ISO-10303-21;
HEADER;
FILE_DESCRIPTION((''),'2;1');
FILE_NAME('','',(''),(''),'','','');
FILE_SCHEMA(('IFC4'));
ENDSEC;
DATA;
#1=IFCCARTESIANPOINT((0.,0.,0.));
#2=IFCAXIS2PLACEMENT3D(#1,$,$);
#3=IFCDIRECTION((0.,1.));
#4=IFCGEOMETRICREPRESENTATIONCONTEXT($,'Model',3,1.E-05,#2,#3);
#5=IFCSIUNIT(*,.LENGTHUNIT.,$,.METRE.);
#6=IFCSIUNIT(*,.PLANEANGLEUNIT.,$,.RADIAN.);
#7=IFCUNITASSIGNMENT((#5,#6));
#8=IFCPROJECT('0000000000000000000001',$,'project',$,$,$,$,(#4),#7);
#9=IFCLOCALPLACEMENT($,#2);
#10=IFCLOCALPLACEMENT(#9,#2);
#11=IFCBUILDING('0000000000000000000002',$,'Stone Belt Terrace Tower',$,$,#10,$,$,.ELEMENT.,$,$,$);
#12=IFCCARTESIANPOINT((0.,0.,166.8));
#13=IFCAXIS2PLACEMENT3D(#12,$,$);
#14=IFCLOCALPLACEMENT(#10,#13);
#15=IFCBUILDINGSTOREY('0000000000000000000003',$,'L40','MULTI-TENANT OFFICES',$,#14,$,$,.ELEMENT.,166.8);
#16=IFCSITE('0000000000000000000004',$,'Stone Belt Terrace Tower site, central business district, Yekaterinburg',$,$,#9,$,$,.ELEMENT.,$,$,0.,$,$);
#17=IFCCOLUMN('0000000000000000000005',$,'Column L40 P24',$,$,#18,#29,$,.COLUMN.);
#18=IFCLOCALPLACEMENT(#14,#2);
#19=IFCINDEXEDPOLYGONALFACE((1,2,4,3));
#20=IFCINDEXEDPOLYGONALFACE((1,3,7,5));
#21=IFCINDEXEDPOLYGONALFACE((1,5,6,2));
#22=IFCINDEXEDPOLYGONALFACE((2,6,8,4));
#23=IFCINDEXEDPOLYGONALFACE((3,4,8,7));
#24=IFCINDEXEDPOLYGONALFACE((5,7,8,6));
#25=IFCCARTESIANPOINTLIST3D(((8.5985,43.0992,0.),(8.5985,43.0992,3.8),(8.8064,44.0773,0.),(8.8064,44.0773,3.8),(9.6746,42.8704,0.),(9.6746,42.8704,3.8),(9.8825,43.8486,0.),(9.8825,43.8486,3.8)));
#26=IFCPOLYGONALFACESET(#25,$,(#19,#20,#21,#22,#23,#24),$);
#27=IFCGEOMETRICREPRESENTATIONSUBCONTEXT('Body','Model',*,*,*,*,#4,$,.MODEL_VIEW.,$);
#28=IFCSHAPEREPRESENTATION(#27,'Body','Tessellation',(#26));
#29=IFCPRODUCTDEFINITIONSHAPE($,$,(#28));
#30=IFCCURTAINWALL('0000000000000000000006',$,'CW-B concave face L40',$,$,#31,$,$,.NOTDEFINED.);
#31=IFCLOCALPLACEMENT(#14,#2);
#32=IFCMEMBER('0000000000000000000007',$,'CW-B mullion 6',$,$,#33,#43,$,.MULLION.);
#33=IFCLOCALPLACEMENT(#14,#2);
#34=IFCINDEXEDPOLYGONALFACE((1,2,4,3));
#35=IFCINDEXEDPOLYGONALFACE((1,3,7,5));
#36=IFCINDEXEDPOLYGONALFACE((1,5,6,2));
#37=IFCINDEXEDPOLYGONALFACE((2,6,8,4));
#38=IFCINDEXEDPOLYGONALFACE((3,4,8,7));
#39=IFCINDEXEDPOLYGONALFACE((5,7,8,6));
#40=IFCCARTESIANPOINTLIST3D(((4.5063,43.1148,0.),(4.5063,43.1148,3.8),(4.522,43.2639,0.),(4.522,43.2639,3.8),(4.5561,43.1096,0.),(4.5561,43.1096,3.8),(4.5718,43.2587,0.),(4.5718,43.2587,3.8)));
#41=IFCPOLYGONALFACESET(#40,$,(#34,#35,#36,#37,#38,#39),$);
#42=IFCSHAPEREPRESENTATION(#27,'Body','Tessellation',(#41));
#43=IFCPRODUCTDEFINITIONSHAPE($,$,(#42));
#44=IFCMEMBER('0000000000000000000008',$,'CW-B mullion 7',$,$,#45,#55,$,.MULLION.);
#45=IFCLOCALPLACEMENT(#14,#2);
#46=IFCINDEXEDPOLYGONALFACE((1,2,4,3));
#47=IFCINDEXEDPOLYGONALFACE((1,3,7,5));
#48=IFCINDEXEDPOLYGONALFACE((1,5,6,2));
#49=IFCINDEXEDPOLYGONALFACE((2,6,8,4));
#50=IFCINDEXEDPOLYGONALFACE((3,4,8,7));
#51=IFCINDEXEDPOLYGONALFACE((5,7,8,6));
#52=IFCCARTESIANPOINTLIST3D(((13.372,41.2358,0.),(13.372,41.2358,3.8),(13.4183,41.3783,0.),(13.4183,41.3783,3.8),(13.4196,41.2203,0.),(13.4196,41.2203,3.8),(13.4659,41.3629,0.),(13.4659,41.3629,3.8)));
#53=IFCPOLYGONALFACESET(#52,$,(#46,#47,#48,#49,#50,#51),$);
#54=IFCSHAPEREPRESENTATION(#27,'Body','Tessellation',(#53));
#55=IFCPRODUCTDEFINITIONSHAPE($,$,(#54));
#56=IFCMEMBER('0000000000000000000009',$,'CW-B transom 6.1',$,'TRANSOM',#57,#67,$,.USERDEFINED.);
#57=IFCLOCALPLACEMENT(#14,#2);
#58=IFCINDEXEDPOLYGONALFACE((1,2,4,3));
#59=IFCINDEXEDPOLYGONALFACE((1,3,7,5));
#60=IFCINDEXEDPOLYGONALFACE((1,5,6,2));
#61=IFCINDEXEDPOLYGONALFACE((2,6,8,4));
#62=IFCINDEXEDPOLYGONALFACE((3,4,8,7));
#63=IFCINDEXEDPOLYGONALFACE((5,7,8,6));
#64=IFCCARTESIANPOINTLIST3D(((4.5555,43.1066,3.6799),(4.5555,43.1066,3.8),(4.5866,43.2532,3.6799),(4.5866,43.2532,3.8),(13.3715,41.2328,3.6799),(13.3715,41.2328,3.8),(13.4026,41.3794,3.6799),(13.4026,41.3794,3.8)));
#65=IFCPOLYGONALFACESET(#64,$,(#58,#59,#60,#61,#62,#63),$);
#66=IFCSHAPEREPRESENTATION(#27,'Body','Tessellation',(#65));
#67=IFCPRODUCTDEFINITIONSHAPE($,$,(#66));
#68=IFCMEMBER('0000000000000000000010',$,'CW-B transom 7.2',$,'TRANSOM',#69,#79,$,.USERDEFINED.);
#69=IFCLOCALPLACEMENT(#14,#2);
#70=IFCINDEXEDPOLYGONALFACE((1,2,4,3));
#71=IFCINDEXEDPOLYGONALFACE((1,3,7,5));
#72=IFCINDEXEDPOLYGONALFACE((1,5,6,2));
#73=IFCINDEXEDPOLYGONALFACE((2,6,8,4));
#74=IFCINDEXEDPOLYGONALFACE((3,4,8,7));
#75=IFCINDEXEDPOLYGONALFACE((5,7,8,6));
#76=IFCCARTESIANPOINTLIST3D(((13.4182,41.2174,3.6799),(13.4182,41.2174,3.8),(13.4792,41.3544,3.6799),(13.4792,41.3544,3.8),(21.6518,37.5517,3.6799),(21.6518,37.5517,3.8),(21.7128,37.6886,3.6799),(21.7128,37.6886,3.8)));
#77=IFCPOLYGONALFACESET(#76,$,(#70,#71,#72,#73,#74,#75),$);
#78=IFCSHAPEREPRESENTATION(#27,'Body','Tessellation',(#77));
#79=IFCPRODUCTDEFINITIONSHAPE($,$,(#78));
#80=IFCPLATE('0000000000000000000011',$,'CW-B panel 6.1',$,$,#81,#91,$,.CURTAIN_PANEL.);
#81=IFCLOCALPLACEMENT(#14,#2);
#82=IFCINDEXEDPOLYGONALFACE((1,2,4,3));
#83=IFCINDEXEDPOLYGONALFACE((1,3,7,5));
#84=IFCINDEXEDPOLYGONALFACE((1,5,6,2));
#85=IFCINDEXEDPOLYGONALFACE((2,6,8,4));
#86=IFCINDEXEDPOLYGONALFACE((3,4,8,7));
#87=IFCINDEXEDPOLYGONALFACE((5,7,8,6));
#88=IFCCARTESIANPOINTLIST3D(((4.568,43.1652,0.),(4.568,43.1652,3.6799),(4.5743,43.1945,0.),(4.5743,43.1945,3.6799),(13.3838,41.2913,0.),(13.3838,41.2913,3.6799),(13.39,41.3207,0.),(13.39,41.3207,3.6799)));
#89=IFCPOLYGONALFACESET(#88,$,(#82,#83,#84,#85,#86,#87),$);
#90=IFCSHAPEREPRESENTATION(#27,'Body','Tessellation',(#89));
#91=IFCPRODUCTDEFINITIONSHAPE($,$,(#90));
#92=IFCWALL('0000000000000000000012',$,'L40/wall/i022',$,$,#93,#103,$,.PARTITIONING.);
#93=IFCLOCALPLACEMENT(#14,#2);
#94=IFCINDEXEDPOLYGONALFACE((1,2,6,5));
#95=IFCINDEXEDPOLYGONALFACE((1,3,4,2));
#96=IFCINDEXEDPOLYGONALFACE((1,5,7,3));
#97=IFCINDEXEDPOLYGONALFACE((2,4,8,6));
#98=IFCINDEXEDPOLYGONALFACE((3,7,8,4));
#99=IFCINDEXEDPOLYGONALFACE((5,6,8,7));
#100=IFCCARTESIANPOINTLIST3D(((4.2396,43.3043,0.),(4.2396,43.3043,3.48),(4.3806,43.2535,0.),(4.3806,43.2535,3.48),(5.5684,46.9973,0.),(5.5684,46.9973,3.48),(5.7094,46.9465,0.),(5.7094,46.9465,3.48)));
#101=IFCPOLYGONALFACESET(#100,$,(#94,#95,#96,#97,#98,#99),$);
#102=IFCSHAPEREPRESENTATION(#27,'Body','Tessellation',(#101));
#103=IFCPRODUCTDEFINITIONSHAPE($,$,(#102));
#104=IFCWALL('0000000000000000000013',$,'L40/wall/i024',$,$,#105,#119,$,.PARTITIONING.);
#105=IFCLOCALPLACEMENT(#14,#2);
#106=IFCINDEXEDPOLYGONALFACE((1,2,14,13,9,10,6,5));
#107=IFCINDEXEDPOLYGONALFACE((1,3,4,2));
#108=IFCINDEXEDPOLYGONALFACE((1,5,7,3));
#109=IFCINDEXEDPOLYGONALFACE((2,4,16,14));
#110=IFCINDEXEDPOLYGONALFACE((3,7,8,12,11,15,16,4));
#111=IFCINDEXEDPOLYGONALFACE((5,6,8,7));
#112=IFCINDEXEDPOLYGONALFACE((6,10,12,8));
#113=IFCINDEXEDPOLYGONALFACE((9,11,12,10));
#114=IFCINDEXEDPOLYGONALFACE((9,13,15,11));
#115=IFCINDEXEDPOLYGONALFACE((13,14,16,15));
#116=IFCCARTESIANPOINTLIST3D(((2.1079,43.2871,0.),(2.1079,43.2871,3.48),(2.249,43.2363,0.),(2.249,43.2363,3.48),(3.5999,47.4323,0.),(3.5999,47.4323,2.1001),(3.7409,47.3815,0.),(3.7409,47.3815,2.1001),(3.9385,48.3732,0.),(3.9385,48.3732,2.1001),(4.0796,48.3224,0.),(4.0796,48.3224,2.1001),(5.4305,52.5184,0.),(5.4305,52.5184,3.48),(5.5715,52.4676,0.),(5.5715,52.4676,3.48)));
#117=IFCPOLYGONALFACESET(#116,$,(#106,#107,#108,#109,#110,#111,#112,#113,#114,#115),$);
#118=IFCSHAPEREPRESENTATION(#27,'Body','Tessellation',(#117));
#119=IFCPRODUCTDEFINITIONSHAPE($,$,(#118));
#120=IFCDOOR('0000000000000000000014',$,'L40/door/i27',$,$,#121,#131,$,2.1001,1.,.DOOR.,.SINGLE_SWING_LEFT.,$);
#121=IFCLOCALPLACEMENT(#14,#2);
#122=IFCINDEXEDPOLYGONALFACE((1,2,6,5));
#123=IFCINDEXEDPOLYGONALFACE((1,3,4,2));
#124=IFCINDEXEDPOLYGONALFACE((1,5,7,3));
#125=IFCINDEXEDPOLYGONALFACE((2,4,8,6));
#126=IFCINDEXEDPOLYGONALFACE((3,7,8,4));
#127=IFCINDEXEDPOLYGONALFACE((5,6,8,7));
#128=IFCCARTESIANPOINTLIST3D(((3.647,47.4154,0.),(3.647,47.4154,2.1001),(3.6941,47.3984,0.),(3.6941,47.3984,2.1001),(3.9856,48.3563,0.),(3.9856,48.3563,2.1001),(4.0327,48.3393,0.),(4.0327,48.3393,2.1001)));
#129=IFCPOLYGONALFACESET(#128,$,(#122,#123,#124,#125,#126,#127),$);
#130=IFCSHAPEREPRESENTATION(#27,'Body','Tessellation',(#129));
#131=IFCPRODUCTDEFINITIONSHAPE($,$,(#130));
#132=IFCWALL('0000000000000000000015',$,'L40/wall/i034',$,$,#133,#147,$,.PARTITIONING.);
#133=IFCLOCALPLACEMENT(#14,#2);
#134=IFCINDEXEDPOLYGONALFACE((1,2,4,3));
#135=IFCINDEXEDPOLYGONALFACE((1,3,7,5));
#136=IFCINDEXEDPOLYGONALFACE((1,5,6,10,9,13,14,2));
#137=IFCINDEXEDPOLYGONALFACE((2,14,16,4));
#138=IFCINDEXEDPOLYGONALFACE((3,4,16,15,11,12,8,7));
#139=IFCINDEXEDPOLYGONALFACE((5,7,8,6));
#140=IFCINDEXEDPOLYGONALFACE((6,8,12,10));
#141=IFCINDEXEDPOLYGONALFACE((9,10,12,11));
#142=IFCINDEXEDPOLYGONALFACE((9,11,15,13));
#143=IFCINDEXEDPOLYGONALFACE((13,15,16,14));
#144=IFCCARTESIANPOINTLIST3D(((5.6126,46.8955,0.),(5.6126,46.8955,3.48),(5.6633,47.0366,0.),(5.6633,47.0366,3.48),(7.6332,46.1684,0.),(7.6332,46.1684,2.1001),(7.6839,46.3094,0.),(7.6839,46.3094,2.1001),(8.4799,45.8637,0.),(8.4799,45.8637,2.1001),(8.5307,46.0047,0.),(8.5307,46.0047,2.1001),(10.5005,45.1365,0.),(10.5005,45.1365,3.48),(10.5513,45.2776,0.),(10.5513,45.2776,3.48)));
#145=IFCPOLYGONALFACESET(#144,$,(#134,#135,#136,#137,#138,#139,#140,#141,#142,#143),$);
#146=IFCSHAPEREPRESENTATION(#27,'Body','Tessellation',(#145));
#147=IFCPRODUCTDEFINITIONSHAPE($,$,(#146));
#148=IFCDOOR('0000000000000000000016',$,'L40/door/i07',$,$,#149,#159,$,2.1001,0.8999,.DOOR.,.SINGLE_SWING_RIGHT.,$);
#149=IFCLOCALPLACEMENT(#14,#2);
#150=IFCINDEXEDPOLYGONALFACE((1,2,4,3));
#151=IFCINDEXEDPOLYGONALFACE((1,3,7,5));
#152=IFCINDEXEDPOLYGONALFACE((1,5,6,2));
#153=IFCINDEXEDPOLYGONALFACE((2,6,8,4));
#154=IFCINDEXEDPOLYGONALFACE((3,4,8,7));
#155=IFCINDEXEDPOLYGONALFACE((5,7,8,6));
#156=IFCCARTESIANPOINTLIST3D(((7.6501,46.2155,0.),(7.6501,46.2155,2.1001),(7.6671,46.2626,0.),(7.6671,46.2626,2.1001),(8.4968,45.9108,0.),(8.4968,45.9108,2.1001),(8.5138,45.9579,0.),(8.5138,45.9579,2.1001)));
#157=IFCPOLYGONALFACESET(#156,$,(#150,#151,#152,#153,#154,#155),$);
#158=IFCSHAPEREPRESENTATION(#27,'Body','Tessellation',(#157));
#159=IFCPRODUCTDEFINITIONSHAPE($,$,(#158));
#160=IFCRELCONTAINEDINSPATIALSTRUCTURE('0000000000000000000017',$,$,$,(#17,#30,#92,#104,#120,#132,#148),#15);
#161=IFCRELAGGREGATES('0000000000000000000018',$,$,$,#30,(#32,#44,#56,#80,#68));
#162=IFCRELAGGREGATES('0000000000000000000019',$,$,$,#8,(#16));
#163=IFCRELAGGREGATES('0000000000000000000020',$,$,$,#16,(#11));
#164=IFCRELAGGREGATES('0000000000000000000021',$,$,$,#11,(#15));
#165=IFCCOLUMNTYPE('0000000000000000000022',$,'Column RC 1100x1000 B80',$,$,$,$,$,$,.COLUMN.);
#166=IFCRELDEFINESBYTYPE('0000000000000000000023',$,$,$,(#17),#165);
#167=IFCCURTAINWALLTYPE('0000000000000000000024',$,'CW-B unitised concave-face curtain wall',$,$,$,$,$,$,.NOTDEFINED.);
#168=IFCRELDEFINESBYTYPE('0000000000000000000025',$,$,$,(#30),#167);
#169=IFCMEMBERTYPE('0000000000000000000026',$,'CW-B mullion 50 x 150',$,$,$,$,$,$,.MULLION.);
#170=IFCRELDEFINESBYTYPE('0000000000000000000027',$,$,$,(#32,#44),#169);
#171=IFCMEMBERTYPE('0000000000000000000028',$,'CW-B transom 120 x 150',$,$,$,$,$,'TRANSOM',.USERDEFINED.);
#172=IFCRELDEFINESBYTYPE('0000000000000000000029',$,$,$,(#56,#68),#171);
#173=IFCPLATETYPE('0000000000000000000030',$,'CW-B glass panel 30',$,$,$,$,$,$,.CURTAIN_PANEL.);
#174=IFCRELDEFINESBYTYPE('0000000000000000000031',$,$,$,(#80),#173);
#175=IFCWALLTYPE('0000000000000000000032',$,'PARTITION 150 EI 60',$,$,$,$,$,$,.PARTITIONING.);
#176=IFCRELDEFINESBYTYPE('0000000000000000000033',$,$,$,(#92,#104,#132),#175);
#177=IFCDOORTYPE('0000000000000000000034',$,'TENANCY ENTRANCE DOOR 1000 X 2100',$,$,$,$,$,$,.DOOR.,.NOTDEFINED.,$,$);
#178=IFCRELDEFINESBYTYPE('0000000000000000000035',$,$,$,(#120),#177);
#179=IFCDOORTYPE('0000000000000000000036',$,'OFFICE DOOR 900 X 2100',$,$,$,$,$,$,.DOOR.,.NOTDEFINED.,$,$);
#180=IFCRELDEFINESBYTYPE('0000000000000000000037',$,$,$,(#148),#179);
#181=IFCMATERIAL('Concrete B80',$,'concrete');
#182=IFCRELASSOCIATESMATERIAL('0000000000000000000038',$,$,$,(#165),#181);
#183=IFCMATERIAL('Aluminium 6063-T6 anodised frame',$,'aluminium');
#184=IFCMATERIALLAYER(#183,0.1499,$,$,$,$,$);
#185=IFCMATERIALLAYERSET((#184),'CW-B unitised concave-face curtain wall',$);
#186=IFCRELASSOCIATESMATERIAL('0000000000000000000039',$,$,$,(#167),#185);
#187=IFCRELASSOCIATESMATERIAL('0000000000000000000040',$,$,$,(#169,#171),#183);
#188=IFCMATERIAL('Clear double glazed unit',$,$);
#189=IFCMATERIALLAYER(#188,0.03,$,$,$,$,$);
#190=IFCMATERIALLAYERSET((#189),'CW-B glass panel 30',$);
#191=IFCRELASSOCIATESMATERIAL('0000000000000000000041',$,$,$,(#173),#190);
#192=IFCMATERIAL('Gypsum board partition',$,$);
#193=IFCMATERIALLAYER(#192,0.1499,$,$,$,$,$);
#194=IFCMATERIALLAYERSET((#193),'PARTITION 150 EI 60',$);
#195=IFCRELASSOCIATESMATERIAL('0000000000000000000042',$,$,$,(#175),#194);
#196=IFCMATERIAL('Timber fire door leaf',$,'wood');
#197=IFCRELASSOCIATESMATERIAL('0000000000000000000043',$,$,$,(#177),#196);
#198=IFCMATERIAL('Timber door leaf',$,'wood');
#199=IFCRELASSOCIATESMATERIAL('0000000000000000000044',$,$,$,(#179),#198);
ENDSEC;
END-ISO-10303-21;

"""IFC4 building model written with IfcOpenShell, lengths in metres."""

from ifc_helpers import new_model, si_unit, direction, frame, frame_2d, origin, origin_2d, place, context, subcontext, project, spatial, rectangle, extrude, material, layer, layer_set, material_profile, profile_set, type_object, element, fill, aggregate, save


model = new_model("IFC4")

# Units and contexts
model_context = context("Model", 3, precision=1e-05, world=origin(), true_north=direction((0.0, 1.0)))
body_context = subcontext(model_context, "Body", "Model", "MODEL_VIEW")
ifc_project = project(units=[si_unit("LENGTHUNIT", "METRE"), si_unit("PLANEANGLEUNIT", "RADIAN")], contexts=[model_context])

# Site, building, storey
site_placement = place(None, origin())
site = spatial("IfcSite", under=ifc_project, at=site_placement, Name="Stone Belt Terrace Tower site, central business district, Yekaterinburg", CompositionType="ELEMENT", RefElevation=0.0)
building_placement = place(site_placement, origin())
building = spatial("IfcBuilding", under=site, at=building_placement, Name="Stone Belt Terrace Tower", CompositionType="ELEMENT")
storey_placement = place(building_placement, frame((0.0, 0.0, 166.8)))
storey = spatial("IfcBuildingStorey", under=building, at=storey_placement, Name="L40", Description="MULTI-TENANT OFFICES", CompositionType="ELEMENT", Elevation=166.8)

# Column
ifc_material_1 = material(Name="Concrete B80", Category="concrete")
ifc_material_profile_1 = material_profile(ifc_material_1, rectangle(XDim=1.1001, YDim=1.0, at=origin_2d()), Name="RC 1100x1000")
ifc_profile_set_1 = profile_set([ifc_material_profile_1], Name="Concrete B80")
column_type = type_object("IfcColumnType", Name="Column RC 1100x1000 B80", PredefinedType="COLUMN", material=ifc_profile_set_1)
column_placement = place(storey_placement, frame((9.2405, 43.4739, 0.0), z_axis=(0.0, 0.0, 1.0), x_axis=(0.978148, -0.207912, 0.0)))
element("IfcColumn", 1, at=column_placement, inside=storey, type_object=column_type, Name="Column L40 P24", PredefinedType="COLUMN", context=body_context, shape_type="SweptSolid", body=[
    extrude(rectangle(XDim=1.1001, YDim=1.0, at=origin_2d()), origin(), (0.0, 0.0, 1.0), 3.8),
])

# Curtain wall, members, plate
ifc_material_2 = material(Name="Aluminium 6063-T6 anodised frame", Category="aluminium")
ifc_layer_1 = layer(ifc_material_2, 0.1499)
ifc_layer_set_1 = layer_set([ifc_layer_1], Name="CW-B unitised concave-face curtain wall")
curtain_wall_type = type_object("IfcCurtainWallType", Name="CW-B unitised concave-face curtain wall", PredefinedType="NOTDEFINED", material=ifc_layer_set_1)
curtain_wall_placement = place(storey_placement, origin())
curtain_wall = element("IfcCurtainWall", 2, at=curtain_wall_placement, inside=storey, type_object=curtain_wall_type, Name="CW-B concave face L40", PredefinedType="NOTDEFINED")
ifc_material_profile_2 = material_profile(ifc_material_2, rectangle(XDim=0.1499, YDim=0.05, at=origin_2d()), Name="Aluminium 6063-T6 50x150")
ifc_profile_set_2 = profile_set([ifc_material_profile_2], Name="Aluminium 6063-T6 anodised frame")
member_type_1 = type_object("IfcMemberType", Name="CW-B mullion 50 x 150", PredefinedType="MULLION", material=ifc_profile_set_2)
member_1_placement = place(storey_placement, frame((4.5391, 43.1868, 0.0), z_axis=(0.0, 0.0, 1.0), x_axis=(0.104528, 0.994522, 0.0)))
member_1 = element("IfcMember", 3, at=member_1_placement, type_object=member_type_1, Name="CW-B mullion 6", PredefinedType="MULLION", context=body_context, shape_type="SweptSolid", body=[
    extrude(rectangle(XDim=0.1499, YDim=0.05, at=origin_2d()), origin(), (0.0, 0.0, 1.0), 3.8),
])
member_2_placement = place(storey_placement, frame((13.4189, 41.2993, 0.0), z_axis=(0.0, 0.0, 1.0), x_axis=(0.309017, 0.951057, 0.0)))
member_2 = element("IfcMember", 4, at=member_2_placement, type_object=member_type_1, Name="CW-B mullion 7", PredefinedType="MULLION", context=body_context, shape_type="SweptSolid", body=[
    extrude(rectangle(XDim=0.1499, YDim=0.05, at=origin_2d()), origin(), (0.0, 0.0, 1.0), 3.8),
])
ifc_material_profile_3 = material_profile(ifc_material_2, rectangle(XDim=0.1499, YDim=0.1201, at=origin_2d()), Name="Aluminium 6063-T6 150x120")
ifc_profile_set_3 = profile_set([ifc_material_profile_3], Name="Aluminium 6063-T6 anodised frame")
member_type_2 = type_object("IfcMemberType", Name="CW-B transom 120 x 150", ElementType="TRANSOM", PredefinedType="USERDEFINED", material=ifc_profile_set_3)
member_3_placement = place(storey_placement, frame((4.571, 43.1799, 3.74), z_axis=(0.97815, -0.207901, 0.0), x_axis=(0.207901, 0.97815, 0.0)))
member_3 = element("IfcMember", 5, at=member_3_placement, type_object=member_type_2, Name="CW-B transom 6.1", ObjectType="TRANSOM", PredefinedType="USERDEFINED", context=body_context, shape_type="SweptSolid", body=[
    extrude(rectangle(XDim=0.1499, YDim=0.1201, at=origin_2d()), origin(), (0.0, 0.0, 1.0), 9.0129),
])
member_4_placement = place(storey_placement, frame((13.4487, 41.2859, 3.74), z_axis=(0.913549, -0.406729, 0.0), x_axis=(0.406729, 0.913549, 0.0)))
member_4 = element("IfcMember", 6, at=member_4_placement, type_object=member_type_2, Name="CW-B transom 7.2", ObjectType="TRANSOM", PredefinedType="USERDEFINED", context=body_context, shape_type="SweptSolid", body=[
    extrude(rectangle(XDim=0.1499, YDim=0.1201, at=origin_2d()), origin(), (0.0, 0.0, 1.0), 9.0127),
])
ifc_material_3 = material(Name="Clear double glazed unit")
ifc_layer_2 = layer(ifc_material_3, 0.03)
ifc_layer_set_2 = layer_set([ifc_layer_2], Name="CW-B glass panel 30")
plate_type = type_object("IfcPlateType", Name="CW-B glass panel 30", PredefinedType="CURTAIN_PANEL", material=ifc_layer_set_2)
plate_placement = place(storey_placement, frame((8.979, 42.2429, 0.0), z_axis=(0.0, 0.0, 1.0), x_axis=(0.978148, -0.207912, 0.0)))
plate = element("IfcPlate", 7, at=plate_placement, type_object=plate_type, Name="CW-B panel 6.1", PredefinedType="CURTAIN_PANEL", context=body_context, shape_type="SweptSolid", body=[
    extrude(rectangle(XDim=9.0127, YDim=0.03, at=origin_2d()), origin(), (0.0, 0.0, 1.0), 3.6799),
])
aggregate(curtain_wall, [member_1, member_2, member_3, plate, member_4])

# Wall
ifc_material_4 = material(Name="Gypsum board partition")
ifc_layer_3 = layer(ifc_material_4, 0.1499)
ifc_layer_set_3 = layer_set([ifc_layer_3], Name="PARTITION 150 EI 60")
wall_type_1 = type_object("IfcWallType", Name="PARTITION 150 EI 60", PredefinedType="PARTITIONING", material=ifc_layer_set_3)
wall_1_placement = place(storey_placement, frame((5.6389, 46.9719, 0.0), z_axis=(0.0, 0.0, 1.0), x_axis=(-0.33857, -0.940941, 0.0)))
element("IfcWall", 8, at=wall_1_placement, inside=storey, type_object=wall_type_1, Name="L40/wall/i022", PredefinedType="PARTITIONING", context=body_context, shape_type="SweptSolid", body=[
    extrude(rectangle(XDim=3.9248, YDim=0.1499, at=frame_2d((1.9624, 0.0))), origin(), (0.0, 0.0, 1.0), 3.48),
])

# Walls, openings, doors
wall_2_placement = place(storey_placement, frame((2.1785, 43.2617, 0.0), z_axis=(0.0, 0.0, 1.0), x_axis=(0.338654, 0.940911, 0.0)))
wall_2 = element("IfcWall", 9, at=wall_2_placement, inside=storey, type_object=wall_type_1, Name="L40/wall/i024", PredefinedType="PARTITIONING", context=body_context, shape_type="SweptSolid", body=[
    extrude(rectangle(XDim=9.811, YDim=0.1499, at=frame_2d((4.9055, 0.0))), origin(), (0.0, 0.0, 1.0), 3.48),
])
opening_1_placement = place(wall_2_placement, frame((4.4055, 0.0, 0.0)))
opening_1 = element("IfcOpeningElement", 10, at=opening_1_placement, cuts=wall_2, PredefinedType="OPENING", context=body_context, shape_type="SweptSolid", body=[
    extrude(rectangle(XDim=1.0, YDim=2.1001, at=frame_2d((0.5, 1.05))), frame((0.0, 0.085, 0.0), z_axis=(0.0, -1.0, 0.0), x_axis=(1.0, 0.0, 0.0)), (0.0, 0.0, 1.0), 0.1699),
])
ifc_material_5 = material(Name="Timber fire door leaf", Category="wood")
door_type_1 = type_object("IfcDoorType", Name="TENANCY ENTRANCE DOOR 1000 X 2100", OperationType="NOTDEFINED", PredefinedType="DOOR", material=ifc_material_5)
door_1_placement = place(opening_1_placement, origin())
door_1 = element("IfcDoor", 11, at=door_1_placement, inside=storey, type_object=door_type_1, Name="L40/door/i27", OperationType="SINGLE_SWING_LEFT", OverallHeight=2.1001, OverallWidth=1.0, PredefinedType="DOOR", context=body_context, shape_type="SweptSolid", body=[
    extrude(rectangle(XDim=1.0, YDim=2.1001, at=frame_2d((0.5, 1.05))), frame((0.0, 0.0249, 0.0), z_axis=(0.0, -1.0, 0.0), x_axis=(1.0, 0.0, 0.0)), (0.0, 0.0, 1.0), 0.05),
])
fill(opening_1, door_1)
wall_3_placement = place(storey_placement, frame((10.5259, 45.207, 0.0), z_axis=(0.0, 0.0, 1.0), x_axis=(-0.940926, 0.338613, 0.0)))
wall_3 = element("IfcWall", 12, at=wall_3_placement, inside=storey, type_object=wall_type_1, Name="L40/wall/i034", PredefinedType="PARTITIONING", context=body_context, shape_type="SweptSolid", body=[
    extrude(rectangle(XDim=5.1948, YDim=0.1499, at=frame_2d((2.5974, 0.0))), origin(), (0.0, 0.0, 1.0), 3.48),
])
opening_2_placement = place(wall_3_placement, frame((2.1475, 0.0, 0.0)))
opening_2 = element("IfcOpeningElement", 13, at=opening_2_placement, cuts=wall_3, PredefinedType="OPENING", context=body_context, shape_type="SweptSolid", body=[
    extrude(rectangle(XDim=0.8999, YDim=2.1001, at=frame_2d((0.45, 1.05))), frame((0.0, 0.085, 0.0), z_axis=(0.0, -1.0, 0.0), x_axis=(1.0, 0.0, 0.0)), (0.0, 0.0, 1.0), 0.1699),
])
ifc_material_6 = material(Name="Timber door leaf", Category="wood")
door_type_2 = type_object("IfcDoorType", Name="OFFICE DOOR 900 X 2100", OperationType="NOTDEFINED", PredefinedType="DOOR", material=ifc_material_6)
door_2_placement = place(opening_2_placement, origin())
door_2 = element("IfcDoor", 14, at=door_2_placement, inside=storey, type_object=door_type_2, Name="L40/door/i07", OperationType="SINGLE_SWING_RIGHT", OverallHeight=2.1001, OverallWidth=0.8999, PredefinedType="DOOR", context=body_context, shape_type="SweptSolid", body=[
    extrude(rectangle(XDim=0.8999, YDim=2.1001, at=frame_2d((0.45, 1.05))), frame((0.0, 0.0249, 0.0), z_axis=(0.0, -1.0, 0.0), x_axis=(1.0, 0.0, 0.0)), (0.0, 0.0, 1.0), 0.05),
])
fill(opening_2, door_2)

save(model, "model.ifc")
